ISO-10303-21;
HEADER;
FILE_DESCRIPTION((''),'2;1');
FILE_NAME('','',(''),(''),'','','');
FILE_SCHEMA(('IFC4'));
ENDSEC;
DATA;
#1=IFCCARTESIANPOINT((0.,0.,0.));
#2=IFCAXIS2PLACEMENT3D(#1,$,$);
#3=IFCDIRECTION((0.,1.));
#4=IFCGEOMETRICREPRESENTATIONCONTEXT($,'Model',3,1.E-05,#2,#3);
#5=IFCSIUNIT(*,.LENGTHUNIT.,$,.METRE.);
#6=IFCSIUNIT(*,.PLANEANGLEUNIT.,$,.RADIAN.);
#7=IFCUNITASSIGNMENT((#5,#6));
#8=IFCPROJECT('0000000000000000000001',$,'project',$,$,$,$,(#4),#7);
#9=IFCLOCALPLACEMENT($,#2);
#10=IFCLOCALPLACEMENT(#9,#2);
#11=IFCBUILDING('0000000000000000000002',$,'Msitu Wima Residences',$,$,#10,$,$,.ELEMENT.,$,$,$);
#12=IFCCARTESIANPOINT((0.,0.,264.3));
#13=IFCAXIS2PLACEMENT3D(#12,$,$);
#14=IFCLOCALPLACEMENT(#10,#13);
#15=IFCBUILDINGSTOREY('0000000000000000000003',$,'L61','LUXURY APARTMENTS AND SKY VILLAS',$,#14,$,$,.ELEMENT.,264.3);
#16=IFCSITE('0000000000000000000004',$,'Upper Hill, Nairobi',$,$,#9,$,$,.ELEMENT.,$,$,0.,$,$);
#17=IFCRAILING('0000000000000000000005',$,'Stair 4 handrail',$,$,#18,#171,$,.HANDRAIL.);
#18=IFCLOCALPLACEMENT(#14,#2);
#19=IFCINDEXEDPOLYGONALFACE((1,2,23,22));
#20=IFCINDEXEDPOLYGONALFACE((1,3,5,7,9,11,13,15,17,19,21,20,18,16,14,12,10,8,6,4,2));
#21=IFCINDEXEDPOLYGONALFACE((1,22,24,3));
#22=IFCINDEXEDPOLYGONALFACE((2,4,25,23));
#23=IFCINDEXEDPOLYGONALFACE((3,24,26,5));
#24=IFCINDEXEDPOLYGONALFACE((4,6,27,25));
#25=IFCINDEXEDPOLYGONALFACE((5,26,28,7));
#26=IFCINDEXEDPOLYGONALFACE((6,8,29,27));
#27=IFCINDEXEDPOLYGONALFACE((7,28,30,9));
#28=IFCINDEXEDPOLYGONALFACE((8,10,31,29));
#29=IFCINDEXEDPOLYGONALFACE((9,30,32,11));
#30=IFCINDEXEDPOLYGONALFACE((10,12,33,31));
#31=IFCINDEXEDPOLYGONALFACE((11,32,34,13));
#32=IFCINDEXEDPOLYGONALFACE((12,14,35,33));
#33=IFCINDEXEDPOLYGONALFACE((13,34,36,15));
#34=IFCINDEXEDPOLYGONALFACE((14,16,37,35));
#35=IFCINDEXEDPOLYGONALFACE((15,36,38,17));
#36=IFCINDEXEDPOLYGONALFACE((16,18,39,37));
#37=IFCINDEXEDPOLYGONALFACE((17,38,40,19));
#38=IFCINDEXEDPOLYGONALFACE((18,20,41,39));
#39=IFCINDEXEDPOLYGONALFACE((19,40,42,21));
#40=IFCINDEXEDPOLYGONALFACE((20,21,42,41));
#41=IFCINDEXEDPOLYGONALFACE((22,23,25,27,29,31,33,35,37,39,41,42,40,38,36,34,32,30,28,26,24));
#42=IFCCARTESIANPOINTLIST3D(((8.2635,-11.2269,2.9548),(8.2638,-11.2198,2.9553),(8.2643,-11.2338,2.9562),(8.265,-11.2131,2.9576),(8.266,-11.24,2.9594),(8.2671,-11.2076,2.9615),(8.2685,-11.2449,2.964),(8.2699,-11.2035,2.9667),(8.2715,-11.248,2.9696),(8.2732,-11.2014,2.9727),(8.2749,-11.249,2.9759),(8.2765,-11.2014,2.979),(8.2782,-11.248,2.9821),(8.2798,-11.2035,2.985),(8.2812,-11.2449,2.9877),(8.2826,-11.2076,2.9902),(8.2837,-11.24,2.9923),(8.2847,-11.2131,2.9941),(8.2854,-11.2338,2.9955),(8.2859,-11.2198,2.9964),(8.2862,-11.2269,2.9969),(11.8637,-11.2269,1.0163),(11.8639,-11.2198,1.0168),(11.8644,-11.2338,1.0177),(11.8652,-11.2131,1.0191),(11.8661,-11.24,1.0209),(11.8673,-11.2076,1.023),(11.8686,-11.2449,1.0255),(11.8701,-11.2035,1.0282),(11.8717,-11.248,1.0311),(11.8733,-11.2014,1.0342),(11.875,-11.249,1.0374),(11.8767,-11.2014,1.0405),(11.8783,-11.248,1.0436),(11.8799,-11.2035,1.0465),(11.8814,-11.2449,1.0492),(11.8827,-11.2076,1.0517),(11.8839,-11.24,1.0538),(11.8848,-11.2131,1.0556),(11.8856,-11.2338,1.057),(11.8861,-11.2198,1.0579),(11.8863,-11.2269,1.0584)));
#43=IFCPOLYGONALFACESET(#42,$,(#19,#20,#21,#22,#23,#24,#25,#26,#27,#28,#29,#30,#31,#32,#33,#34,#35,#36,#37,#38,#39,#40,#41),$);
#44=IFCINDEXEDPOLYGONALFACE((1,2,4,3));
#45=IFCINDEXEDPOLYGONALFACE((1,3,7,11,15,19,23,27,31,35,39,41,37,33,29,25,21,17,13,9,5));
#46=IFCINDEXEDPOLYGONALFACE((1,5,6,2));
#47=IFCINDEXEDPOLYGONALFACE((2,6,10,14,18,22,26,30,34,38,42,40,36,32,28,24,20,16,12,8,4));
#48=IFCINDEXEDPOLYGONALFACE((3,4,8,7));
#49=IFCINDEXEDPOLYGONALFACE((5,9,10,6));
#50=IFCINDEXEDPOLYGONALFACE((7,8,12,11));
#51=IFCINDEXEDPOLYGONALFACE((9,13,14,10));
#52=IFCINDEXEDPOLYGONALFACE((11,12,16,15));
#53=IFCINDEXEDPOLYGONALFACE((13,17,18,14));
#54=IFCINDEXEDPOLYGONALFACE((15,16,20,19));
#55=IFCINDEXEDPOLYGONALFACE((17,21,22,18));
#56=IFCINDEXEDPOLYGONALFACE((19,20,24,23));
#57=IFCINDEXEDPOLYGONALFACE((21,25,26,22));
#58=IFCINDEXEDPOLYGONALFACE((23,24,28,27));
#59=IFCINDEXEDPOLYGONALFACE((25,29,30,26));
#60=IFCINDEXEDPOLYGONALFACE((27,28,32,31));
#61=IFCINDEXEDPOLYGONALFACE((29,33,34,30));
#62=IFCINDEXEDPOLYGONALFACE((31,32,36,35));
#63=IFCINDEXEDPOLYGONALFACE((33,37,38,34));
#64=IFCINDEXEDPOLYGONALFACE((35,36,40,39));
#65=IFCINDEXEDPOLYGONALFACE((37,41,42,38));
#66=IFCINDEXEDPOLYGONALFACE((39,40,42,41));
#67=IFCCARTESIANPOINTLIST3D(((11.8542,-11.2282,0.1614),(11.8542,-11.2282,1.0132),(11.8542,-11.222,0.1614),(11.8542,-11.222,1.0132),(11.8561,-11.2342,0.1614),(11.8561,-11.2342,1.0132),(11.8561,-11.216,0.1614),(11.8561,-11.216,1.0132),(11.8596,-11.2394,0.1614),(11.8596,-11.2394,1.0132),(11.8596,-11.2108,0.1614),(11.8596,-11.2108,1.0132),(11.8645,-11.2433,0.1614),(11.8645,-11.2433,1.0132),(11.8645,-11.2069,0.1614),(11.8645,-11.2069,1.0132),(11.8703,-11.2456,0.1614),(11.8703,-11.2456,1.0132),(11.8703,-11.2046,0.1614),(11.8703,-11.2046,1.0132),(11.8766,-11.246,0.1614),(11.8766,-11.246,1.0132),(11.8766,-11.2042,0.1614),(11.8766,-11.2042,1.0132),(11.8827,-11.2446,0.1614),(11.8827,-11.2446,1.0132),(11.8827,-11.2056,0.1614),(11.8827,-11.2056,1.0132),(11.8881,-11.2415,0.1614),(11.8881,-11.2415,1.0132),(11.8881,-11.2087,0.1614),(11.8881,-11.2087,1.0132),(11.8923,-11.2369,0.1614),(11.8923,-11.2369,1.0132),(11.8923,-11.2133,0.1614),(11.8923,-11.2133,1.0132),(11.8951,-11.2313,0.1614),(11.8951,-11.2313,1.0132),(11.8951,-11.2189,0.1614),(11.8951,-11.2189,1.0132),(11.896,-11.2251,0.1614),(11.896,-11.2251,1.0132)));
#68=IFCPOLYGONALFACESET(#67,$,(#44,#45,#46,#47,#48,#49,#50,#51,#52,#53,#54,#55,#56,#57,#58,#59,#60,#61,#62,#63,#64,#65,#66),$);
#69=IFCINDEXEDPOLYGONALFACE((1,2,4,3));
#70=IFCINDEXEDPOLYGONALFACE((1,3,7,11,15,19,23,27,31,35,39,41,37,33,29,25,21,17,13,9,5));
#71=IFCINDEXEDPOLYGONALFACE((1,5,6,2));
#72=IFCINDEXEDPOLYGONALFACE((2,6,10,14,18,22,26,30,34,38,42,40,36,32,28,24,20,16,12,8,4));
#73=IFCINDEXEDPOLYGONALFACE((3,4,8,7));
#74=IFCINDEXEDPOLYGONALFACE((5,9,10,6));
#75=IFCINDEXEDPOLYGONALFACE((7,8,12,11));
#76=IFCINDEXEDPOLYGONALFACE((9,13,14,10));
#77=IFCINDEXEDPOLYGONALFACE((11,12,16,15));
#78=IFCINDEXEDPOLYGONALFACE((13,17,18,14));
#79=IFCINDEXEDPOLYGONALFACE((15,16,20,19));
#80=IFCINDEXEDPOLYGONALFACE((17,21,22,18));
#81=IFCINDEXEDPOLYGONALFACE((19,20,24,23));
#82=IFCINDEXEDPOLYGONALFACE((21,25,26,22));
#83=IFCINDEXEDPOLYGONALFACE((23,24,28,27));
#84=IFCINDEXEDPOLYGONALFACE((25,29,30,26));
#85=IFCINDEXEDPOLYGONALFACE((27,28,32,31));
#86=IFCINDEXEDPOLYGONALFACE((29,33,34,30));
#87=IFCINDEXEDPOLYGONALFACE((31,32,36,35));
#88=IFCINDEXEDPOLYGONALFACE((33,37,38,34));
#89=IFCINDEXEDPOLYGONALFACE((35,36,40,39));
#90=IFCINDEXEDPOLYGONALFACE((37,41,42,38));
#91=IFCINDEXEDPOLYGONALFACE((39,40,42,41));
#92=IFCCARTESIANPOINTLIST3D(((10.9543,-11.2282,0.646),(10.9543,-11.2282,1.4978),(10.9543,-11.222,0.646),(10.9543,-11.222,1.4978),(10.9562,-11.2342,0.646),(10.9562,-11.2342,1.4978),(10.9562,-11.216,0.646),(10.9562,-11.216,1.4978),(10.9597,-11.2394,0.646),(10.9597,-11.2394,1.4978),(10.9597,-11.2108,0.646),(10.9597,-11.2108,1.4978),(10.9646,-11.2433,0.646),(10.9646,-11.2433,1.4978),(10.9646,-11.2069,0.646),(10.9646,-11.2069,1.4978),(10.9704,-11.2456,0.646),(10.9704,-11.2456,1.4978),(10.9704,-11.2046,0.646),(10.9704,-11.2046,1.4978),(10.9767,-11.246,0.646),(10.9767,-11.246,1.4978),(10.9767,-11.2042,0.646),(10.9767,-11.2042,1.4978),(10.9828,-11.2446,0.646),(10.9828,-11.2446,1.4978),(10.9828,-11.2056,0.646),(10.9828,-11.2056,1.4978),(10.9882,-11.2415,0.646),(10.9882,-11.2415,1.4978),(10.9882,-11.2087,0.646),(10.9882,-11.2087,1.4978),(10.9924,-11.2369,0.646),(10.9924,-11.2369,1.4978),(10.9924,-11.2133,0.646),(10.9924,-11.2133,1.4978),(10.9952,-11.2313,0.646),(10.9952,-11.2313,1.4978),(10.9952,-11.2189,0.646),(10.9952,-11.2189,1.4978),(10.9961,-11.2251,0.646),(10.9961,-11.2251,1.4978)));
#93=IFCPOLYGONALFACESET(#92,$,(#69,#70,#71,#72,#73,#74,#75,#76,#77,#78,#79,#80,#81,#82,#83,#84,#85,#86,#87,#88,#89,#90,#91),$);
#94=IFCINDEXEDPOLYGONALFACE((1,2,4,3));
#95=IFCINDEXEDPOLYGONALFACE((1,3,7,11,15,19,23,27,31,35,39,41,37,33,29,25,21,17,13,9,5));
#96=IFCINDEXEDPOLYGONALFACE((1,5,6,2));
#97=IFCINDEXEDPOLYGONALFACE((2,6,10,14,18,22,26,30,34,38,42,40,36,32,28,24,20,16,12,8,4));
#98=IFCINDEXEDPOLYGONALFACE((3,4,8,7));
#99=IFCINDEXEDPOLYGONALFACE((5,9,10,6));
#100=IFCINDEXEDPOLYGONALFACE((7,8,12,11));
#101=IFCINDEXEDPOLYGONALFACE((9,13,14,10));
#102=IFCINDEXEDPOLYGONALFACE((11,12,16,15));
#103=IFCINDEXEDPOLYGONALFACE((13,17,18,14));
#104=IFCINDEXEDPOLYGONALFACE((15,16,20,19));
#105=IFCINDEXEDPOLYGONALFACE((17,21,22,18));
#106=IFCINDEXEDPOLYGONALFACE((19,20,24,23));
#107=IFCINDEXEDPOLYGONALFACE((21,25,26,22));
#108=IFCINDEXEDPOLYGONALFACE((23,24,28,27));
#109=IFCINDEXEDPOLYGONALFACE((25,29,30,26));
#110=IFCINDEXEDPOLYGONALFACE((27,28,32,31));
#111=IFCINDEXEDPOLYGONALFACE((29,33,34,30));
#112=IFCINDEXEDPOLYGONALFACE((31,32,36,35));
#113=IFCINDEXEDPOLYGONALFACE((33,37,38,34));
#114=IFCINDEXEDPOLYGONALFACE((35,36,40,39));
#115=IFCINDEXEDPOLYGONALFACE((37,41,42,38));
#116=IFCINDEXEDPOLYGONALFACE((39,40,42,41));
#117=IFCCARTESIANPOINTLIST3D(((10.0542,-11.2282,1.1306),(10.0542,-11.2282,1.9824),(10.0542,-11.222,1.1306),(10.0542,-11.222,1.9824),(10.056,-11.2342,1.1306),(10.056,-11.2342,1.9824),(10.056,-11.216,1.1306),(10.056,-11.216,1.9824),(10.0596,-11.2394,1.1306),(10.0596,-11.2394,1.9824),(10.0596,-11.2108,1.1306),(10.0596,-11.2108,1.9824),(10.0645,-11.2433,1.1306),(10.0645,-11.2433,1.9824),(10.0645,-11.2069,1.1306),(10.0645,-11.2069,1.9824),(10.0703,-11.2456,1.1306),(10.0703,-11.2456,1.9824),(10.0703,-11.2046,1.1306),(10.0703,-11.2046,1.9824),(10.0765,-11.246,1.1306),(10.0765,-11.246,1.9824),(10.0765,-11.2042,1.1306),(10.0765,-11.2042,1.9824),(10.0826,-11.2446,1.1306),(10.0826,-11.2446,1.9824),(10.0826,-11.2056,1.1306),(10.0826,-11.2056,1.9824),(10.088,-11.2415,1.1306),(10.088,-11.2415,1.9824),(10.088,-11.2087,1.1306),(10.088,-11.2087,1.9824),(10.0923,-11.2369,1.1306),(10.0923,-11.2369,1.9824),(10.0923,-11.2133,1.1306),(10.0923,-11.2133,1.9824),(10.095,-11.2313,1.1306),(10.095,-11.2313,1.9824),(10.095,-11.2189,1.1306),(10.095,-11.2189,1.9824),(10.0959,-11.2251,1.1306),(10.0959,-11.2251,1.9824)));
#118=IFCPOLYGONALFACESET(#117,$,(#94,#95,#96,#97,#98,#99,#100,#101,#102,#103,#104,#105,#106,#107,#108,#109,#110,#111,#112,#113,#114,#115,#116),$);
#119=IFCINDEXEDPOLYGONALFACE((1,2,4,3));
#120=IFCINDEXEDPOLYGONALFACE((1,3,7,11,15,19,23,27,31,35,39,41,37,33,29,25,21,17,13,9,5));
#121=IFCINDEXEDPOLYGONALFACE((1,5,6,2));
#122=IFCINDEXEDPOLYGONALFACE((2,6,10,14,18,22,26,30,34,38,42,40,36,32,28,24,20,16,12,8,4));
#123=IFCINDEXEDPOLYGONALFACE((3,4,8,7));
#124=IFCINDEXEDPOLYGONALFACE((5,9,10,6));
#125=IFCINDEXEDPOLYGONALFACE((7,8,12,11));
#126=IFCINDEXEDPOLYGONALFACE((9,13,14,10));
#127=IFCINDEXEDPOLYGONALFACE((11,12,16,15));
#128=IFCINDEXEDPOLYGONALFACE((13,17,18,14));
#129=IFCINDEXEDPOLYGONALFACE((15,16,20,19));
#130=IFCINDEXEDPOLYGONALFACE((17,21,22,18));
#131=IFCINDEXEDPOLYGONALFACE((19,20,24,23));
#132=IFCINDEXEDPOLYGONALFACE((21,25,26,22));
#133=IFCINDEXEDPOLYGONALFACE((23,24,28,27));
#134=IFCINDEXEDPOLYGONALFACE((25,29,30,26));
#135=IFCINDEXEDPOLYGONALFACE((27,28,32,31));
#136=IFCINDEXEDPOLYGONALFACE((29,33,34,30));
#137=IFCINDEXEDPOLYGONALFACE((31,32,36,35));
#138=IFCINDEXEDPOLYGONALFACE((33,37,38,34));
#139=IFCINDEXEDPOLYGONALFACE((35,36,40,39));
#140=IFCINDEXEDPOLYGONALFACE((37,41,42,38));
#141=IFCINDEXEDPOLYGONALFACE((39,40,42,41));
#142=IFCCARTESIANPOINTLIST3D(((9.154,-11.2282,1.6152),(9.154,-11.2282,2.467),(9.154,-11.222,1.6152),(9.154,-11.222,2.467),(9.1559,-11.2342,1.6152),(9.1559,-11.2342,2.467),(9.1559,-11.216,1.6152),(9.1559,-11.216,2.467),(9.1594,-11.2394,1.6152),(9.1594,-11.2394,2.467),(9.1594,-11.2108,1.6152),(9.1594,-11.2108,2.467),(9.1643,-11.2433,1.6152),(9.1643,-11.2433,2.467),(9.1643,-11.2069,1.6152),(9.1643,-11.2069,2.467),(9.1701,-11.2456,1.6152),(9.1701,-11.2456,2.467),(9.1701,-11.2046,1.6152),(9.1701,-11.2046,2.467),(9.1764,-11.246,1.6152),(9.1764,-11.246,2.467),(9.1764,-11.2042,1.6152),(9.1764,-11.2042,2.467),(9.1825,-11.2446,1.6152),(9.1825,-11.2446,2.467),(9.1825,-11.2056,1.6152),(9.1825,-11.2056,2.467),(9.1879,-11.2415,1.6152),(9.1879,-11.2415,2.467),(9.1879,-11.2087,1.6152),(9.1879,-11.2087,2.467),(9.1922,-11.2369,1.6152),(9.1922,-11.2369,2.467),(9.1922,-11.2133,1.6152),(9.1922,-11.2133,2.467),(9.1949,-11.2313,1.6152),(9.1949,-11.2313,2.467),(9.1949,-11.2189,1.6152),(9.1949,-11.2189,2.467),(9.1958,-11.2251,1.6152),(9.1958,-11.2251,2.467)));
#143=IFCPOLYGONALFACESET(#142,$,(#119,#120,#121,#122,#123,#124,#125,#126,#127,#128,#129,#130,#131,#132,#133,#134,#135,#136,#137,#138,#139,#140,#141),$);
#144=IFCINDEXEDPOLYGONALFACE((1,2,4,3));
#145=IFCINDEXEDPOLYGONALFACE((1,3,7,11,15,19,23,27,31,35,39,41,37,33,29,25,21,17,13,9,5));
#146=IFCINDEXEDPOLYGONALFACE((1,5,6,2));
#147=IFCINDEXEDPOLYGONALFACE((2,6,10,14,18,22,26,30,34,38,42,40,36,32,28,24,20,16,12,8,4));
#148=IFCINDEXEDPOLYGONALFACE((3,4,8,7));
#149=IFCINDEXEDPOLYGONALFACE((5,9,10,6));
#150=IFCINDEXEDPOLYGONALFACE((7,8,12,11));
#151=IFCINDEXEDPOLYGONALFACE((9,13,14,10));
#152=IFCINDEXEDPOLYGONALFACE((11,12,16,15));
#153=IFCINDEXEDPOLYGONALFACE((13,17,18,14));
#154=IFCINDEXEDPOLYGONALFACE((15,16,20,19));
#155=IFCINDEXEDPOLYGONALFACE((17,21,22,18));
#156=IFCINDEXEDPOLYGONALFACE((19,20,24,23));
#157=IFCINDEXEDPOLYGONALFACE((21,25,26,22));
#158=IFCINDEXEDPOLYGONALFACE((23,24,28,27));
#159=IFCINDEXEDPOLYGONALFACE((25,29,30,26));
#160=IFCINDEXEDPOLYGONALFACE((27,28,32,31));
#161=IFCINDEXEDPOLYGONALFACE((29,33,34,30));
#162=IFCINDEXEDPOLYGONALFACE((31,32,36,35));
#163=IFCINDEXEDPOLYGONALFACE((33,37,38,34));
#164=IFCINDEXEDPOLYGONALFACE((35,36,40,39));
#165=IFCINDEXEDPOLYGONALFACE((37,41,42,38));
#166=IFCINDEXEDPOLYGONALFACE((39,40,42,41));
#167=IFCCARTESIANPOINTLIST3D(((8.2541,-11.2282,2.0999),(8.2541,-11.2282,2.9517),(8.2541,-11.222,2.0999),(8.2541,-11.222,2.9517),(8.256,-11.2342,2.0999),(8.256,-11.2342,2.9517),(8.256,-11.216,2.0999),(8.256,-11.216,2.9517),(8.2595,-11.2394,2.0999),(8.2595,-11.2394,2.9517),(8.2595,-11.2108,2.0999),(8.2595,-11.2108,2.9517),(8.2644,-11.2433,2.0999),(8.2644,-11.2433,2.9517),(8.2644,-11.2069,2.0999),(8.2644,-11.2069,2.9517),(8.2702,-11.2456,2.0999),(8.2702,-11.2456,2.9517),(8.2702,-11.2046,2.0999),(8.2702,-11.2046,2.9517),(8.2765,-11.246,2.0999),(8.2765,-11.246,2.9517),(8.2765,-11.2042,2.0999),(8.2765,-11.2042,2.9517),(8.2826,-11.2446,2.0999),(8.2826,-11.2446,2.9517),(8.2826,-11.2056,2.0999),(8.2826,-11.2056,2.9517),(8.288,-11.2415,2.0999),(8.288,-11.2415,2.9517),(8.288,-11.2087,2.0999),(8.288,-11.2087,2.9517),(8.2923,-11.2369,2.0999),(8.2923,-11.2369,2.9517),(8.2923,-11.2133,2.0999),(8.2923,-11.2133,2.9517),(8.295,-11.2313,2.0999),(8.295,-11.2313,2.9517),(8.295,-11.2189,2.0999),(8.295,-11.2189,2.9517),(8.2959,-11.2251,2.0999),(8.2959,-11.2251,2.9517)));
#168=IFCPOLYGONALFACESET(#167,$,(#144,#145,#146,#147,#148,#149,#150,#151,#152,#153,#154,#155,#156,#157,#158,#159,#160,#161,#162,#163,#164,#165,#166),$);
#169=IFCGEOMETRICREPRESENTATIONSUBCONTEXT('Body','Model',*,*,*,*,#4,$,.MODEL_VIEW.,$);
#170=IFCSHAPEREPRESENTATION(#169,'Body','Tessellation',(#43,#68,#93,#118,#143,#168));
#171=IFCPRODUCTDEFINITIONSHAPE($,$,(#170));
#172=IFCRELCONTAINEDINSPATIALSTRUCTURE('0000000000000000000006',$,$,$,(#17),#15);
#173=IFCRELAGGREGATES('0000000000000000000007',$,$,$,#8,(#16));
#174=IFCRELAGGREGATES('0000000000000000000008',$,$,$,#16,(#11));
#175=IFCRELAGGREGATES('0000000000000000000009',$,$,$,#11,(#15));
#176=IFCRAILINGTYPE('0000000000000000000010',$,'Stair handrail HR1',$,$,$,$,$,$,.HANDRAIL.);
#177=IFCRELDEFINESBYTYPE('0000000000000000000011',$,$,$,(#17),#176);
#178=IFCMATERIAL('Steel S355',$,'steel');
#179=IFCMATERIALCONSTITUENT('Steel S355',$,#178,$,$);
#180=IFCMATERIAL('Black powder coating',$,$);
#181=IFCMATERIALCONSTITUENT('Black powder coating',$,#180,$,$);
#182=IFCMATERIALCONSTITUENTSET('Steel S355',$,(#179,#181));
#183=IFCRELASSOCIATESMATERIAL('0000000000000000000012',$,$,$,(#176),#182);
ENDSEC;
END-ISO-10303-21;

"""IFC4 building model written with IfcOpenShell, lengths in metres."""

from ifc_helpers import new_model, si_unit, direction, frame, origin, origin_2d, place, context, subcontext, project, spatial, circle, extrude, material, constituent, constituent_set, type_object, element, save


model = new_model("IFC4")

# Units and contexts
model_context = context("Model", 3, precision=1e-05, world=origin(), true_north=direction((0.0, 1.0)))
body_context = subcontext(model_context, "Body", "Model", "MODEL_VIEW")
ifc_project = project(units=[si_unit("LENGTHUNIT", "METRE"), si_unit("PLANEANGLEUNIT", "RADIAN")], contexts=[model_context])

# Site, building, storey
site_placement = place(None, origin())
site = spatial("IfcSite", under=ifc_project, at=site_placement, Name="Upper Hill, Nairobi", CompositionType="ELEMENT", RefElevation=0.0)
building_placement = place(site_placement, origin())
building = spatial("IfcBuilding", under=site, at=building_placement, Name="Msitu Wima Residences", CompositionType="ELEMENT")
storey_placement = place(building_placement, frame((0.0, 0.0, 264.3)))
storey = spatial("IfcBuildingStorey", under=building, at=storey_placement, Name="L61", Description="LUXURY APARTMENTS AND SKY VILLAS", CompositionType="ELEMENT", Elevation=264.3)

# Railing
ifc_material_1 = material(Name="Steel S355", Category="steel")
ifc_constituent_1 = constituent(ifc_material_1, Name="Steel S355")
ifc_material_2 = material(Name="Black powder coating")
ifc_constituent_2 = constituent(ifc_material_2, Name="Black powder coating")
ifc_constituent_set = constituent_set(constituents=[ifc_constituent_1, ifc_constituent_2], Name="Steel S355")
railing_type = type_object("IfcRailingType", Name="Stair handrail HR1", PredefinedType="HANDRAIL", material=ifc_constituent_set)
for number, where, name in (
    (1, (11.875, -11.2251, 0.1614), "Stair 4 handrail"),
):
    element("IfcRailing", number, at=place(storey_placement, frame(where)), inside=storey, type_object=railing_type, Name=name, PredefinedType="HANDRAIL", context=body_context, shape_type="SweptSolid", body=[
        extrude(circle(Radius=0.0239, at=origin_2d()), frame((0.0, 0.0, 0.876), z_axis=(-0.880475, 0.0, 0.474093), x_axis=(0.0, -1.0, 0.0)), (0.0, 0.0, 1.0), 4.0889),
        extrude(circle(Radius=0.021, at=origin_2d()), origin(), (0.0, 0.0, 1.0), 0.8518),
        extrude(circle(Radius=0.021, at=origin_2d()), frame((-0.8999, 0.0, 0.4846)), (0.0, 0.0, 1.0), 0.8518),
        extrude(circle(Radius=0.021, at=origin_2d()), frame((-1.8, 0.0, 0.9692)), (0.0, 0.0, 1.0), 0.8518),
        extrude(circle(Radius=0.021, at=origin_2d()), frame((-2.7002, 0.0, 1.4539)), (0.0, 0.0, 1.0), 0.8518),
        extrude(circle(Radius=0.021, at=origin_2d()), frame((-3.6001, 0.0, 1.9385)), (0.0, 0.0, 1.0), 0.8518),
    ])

save(model, "model.ifc")
